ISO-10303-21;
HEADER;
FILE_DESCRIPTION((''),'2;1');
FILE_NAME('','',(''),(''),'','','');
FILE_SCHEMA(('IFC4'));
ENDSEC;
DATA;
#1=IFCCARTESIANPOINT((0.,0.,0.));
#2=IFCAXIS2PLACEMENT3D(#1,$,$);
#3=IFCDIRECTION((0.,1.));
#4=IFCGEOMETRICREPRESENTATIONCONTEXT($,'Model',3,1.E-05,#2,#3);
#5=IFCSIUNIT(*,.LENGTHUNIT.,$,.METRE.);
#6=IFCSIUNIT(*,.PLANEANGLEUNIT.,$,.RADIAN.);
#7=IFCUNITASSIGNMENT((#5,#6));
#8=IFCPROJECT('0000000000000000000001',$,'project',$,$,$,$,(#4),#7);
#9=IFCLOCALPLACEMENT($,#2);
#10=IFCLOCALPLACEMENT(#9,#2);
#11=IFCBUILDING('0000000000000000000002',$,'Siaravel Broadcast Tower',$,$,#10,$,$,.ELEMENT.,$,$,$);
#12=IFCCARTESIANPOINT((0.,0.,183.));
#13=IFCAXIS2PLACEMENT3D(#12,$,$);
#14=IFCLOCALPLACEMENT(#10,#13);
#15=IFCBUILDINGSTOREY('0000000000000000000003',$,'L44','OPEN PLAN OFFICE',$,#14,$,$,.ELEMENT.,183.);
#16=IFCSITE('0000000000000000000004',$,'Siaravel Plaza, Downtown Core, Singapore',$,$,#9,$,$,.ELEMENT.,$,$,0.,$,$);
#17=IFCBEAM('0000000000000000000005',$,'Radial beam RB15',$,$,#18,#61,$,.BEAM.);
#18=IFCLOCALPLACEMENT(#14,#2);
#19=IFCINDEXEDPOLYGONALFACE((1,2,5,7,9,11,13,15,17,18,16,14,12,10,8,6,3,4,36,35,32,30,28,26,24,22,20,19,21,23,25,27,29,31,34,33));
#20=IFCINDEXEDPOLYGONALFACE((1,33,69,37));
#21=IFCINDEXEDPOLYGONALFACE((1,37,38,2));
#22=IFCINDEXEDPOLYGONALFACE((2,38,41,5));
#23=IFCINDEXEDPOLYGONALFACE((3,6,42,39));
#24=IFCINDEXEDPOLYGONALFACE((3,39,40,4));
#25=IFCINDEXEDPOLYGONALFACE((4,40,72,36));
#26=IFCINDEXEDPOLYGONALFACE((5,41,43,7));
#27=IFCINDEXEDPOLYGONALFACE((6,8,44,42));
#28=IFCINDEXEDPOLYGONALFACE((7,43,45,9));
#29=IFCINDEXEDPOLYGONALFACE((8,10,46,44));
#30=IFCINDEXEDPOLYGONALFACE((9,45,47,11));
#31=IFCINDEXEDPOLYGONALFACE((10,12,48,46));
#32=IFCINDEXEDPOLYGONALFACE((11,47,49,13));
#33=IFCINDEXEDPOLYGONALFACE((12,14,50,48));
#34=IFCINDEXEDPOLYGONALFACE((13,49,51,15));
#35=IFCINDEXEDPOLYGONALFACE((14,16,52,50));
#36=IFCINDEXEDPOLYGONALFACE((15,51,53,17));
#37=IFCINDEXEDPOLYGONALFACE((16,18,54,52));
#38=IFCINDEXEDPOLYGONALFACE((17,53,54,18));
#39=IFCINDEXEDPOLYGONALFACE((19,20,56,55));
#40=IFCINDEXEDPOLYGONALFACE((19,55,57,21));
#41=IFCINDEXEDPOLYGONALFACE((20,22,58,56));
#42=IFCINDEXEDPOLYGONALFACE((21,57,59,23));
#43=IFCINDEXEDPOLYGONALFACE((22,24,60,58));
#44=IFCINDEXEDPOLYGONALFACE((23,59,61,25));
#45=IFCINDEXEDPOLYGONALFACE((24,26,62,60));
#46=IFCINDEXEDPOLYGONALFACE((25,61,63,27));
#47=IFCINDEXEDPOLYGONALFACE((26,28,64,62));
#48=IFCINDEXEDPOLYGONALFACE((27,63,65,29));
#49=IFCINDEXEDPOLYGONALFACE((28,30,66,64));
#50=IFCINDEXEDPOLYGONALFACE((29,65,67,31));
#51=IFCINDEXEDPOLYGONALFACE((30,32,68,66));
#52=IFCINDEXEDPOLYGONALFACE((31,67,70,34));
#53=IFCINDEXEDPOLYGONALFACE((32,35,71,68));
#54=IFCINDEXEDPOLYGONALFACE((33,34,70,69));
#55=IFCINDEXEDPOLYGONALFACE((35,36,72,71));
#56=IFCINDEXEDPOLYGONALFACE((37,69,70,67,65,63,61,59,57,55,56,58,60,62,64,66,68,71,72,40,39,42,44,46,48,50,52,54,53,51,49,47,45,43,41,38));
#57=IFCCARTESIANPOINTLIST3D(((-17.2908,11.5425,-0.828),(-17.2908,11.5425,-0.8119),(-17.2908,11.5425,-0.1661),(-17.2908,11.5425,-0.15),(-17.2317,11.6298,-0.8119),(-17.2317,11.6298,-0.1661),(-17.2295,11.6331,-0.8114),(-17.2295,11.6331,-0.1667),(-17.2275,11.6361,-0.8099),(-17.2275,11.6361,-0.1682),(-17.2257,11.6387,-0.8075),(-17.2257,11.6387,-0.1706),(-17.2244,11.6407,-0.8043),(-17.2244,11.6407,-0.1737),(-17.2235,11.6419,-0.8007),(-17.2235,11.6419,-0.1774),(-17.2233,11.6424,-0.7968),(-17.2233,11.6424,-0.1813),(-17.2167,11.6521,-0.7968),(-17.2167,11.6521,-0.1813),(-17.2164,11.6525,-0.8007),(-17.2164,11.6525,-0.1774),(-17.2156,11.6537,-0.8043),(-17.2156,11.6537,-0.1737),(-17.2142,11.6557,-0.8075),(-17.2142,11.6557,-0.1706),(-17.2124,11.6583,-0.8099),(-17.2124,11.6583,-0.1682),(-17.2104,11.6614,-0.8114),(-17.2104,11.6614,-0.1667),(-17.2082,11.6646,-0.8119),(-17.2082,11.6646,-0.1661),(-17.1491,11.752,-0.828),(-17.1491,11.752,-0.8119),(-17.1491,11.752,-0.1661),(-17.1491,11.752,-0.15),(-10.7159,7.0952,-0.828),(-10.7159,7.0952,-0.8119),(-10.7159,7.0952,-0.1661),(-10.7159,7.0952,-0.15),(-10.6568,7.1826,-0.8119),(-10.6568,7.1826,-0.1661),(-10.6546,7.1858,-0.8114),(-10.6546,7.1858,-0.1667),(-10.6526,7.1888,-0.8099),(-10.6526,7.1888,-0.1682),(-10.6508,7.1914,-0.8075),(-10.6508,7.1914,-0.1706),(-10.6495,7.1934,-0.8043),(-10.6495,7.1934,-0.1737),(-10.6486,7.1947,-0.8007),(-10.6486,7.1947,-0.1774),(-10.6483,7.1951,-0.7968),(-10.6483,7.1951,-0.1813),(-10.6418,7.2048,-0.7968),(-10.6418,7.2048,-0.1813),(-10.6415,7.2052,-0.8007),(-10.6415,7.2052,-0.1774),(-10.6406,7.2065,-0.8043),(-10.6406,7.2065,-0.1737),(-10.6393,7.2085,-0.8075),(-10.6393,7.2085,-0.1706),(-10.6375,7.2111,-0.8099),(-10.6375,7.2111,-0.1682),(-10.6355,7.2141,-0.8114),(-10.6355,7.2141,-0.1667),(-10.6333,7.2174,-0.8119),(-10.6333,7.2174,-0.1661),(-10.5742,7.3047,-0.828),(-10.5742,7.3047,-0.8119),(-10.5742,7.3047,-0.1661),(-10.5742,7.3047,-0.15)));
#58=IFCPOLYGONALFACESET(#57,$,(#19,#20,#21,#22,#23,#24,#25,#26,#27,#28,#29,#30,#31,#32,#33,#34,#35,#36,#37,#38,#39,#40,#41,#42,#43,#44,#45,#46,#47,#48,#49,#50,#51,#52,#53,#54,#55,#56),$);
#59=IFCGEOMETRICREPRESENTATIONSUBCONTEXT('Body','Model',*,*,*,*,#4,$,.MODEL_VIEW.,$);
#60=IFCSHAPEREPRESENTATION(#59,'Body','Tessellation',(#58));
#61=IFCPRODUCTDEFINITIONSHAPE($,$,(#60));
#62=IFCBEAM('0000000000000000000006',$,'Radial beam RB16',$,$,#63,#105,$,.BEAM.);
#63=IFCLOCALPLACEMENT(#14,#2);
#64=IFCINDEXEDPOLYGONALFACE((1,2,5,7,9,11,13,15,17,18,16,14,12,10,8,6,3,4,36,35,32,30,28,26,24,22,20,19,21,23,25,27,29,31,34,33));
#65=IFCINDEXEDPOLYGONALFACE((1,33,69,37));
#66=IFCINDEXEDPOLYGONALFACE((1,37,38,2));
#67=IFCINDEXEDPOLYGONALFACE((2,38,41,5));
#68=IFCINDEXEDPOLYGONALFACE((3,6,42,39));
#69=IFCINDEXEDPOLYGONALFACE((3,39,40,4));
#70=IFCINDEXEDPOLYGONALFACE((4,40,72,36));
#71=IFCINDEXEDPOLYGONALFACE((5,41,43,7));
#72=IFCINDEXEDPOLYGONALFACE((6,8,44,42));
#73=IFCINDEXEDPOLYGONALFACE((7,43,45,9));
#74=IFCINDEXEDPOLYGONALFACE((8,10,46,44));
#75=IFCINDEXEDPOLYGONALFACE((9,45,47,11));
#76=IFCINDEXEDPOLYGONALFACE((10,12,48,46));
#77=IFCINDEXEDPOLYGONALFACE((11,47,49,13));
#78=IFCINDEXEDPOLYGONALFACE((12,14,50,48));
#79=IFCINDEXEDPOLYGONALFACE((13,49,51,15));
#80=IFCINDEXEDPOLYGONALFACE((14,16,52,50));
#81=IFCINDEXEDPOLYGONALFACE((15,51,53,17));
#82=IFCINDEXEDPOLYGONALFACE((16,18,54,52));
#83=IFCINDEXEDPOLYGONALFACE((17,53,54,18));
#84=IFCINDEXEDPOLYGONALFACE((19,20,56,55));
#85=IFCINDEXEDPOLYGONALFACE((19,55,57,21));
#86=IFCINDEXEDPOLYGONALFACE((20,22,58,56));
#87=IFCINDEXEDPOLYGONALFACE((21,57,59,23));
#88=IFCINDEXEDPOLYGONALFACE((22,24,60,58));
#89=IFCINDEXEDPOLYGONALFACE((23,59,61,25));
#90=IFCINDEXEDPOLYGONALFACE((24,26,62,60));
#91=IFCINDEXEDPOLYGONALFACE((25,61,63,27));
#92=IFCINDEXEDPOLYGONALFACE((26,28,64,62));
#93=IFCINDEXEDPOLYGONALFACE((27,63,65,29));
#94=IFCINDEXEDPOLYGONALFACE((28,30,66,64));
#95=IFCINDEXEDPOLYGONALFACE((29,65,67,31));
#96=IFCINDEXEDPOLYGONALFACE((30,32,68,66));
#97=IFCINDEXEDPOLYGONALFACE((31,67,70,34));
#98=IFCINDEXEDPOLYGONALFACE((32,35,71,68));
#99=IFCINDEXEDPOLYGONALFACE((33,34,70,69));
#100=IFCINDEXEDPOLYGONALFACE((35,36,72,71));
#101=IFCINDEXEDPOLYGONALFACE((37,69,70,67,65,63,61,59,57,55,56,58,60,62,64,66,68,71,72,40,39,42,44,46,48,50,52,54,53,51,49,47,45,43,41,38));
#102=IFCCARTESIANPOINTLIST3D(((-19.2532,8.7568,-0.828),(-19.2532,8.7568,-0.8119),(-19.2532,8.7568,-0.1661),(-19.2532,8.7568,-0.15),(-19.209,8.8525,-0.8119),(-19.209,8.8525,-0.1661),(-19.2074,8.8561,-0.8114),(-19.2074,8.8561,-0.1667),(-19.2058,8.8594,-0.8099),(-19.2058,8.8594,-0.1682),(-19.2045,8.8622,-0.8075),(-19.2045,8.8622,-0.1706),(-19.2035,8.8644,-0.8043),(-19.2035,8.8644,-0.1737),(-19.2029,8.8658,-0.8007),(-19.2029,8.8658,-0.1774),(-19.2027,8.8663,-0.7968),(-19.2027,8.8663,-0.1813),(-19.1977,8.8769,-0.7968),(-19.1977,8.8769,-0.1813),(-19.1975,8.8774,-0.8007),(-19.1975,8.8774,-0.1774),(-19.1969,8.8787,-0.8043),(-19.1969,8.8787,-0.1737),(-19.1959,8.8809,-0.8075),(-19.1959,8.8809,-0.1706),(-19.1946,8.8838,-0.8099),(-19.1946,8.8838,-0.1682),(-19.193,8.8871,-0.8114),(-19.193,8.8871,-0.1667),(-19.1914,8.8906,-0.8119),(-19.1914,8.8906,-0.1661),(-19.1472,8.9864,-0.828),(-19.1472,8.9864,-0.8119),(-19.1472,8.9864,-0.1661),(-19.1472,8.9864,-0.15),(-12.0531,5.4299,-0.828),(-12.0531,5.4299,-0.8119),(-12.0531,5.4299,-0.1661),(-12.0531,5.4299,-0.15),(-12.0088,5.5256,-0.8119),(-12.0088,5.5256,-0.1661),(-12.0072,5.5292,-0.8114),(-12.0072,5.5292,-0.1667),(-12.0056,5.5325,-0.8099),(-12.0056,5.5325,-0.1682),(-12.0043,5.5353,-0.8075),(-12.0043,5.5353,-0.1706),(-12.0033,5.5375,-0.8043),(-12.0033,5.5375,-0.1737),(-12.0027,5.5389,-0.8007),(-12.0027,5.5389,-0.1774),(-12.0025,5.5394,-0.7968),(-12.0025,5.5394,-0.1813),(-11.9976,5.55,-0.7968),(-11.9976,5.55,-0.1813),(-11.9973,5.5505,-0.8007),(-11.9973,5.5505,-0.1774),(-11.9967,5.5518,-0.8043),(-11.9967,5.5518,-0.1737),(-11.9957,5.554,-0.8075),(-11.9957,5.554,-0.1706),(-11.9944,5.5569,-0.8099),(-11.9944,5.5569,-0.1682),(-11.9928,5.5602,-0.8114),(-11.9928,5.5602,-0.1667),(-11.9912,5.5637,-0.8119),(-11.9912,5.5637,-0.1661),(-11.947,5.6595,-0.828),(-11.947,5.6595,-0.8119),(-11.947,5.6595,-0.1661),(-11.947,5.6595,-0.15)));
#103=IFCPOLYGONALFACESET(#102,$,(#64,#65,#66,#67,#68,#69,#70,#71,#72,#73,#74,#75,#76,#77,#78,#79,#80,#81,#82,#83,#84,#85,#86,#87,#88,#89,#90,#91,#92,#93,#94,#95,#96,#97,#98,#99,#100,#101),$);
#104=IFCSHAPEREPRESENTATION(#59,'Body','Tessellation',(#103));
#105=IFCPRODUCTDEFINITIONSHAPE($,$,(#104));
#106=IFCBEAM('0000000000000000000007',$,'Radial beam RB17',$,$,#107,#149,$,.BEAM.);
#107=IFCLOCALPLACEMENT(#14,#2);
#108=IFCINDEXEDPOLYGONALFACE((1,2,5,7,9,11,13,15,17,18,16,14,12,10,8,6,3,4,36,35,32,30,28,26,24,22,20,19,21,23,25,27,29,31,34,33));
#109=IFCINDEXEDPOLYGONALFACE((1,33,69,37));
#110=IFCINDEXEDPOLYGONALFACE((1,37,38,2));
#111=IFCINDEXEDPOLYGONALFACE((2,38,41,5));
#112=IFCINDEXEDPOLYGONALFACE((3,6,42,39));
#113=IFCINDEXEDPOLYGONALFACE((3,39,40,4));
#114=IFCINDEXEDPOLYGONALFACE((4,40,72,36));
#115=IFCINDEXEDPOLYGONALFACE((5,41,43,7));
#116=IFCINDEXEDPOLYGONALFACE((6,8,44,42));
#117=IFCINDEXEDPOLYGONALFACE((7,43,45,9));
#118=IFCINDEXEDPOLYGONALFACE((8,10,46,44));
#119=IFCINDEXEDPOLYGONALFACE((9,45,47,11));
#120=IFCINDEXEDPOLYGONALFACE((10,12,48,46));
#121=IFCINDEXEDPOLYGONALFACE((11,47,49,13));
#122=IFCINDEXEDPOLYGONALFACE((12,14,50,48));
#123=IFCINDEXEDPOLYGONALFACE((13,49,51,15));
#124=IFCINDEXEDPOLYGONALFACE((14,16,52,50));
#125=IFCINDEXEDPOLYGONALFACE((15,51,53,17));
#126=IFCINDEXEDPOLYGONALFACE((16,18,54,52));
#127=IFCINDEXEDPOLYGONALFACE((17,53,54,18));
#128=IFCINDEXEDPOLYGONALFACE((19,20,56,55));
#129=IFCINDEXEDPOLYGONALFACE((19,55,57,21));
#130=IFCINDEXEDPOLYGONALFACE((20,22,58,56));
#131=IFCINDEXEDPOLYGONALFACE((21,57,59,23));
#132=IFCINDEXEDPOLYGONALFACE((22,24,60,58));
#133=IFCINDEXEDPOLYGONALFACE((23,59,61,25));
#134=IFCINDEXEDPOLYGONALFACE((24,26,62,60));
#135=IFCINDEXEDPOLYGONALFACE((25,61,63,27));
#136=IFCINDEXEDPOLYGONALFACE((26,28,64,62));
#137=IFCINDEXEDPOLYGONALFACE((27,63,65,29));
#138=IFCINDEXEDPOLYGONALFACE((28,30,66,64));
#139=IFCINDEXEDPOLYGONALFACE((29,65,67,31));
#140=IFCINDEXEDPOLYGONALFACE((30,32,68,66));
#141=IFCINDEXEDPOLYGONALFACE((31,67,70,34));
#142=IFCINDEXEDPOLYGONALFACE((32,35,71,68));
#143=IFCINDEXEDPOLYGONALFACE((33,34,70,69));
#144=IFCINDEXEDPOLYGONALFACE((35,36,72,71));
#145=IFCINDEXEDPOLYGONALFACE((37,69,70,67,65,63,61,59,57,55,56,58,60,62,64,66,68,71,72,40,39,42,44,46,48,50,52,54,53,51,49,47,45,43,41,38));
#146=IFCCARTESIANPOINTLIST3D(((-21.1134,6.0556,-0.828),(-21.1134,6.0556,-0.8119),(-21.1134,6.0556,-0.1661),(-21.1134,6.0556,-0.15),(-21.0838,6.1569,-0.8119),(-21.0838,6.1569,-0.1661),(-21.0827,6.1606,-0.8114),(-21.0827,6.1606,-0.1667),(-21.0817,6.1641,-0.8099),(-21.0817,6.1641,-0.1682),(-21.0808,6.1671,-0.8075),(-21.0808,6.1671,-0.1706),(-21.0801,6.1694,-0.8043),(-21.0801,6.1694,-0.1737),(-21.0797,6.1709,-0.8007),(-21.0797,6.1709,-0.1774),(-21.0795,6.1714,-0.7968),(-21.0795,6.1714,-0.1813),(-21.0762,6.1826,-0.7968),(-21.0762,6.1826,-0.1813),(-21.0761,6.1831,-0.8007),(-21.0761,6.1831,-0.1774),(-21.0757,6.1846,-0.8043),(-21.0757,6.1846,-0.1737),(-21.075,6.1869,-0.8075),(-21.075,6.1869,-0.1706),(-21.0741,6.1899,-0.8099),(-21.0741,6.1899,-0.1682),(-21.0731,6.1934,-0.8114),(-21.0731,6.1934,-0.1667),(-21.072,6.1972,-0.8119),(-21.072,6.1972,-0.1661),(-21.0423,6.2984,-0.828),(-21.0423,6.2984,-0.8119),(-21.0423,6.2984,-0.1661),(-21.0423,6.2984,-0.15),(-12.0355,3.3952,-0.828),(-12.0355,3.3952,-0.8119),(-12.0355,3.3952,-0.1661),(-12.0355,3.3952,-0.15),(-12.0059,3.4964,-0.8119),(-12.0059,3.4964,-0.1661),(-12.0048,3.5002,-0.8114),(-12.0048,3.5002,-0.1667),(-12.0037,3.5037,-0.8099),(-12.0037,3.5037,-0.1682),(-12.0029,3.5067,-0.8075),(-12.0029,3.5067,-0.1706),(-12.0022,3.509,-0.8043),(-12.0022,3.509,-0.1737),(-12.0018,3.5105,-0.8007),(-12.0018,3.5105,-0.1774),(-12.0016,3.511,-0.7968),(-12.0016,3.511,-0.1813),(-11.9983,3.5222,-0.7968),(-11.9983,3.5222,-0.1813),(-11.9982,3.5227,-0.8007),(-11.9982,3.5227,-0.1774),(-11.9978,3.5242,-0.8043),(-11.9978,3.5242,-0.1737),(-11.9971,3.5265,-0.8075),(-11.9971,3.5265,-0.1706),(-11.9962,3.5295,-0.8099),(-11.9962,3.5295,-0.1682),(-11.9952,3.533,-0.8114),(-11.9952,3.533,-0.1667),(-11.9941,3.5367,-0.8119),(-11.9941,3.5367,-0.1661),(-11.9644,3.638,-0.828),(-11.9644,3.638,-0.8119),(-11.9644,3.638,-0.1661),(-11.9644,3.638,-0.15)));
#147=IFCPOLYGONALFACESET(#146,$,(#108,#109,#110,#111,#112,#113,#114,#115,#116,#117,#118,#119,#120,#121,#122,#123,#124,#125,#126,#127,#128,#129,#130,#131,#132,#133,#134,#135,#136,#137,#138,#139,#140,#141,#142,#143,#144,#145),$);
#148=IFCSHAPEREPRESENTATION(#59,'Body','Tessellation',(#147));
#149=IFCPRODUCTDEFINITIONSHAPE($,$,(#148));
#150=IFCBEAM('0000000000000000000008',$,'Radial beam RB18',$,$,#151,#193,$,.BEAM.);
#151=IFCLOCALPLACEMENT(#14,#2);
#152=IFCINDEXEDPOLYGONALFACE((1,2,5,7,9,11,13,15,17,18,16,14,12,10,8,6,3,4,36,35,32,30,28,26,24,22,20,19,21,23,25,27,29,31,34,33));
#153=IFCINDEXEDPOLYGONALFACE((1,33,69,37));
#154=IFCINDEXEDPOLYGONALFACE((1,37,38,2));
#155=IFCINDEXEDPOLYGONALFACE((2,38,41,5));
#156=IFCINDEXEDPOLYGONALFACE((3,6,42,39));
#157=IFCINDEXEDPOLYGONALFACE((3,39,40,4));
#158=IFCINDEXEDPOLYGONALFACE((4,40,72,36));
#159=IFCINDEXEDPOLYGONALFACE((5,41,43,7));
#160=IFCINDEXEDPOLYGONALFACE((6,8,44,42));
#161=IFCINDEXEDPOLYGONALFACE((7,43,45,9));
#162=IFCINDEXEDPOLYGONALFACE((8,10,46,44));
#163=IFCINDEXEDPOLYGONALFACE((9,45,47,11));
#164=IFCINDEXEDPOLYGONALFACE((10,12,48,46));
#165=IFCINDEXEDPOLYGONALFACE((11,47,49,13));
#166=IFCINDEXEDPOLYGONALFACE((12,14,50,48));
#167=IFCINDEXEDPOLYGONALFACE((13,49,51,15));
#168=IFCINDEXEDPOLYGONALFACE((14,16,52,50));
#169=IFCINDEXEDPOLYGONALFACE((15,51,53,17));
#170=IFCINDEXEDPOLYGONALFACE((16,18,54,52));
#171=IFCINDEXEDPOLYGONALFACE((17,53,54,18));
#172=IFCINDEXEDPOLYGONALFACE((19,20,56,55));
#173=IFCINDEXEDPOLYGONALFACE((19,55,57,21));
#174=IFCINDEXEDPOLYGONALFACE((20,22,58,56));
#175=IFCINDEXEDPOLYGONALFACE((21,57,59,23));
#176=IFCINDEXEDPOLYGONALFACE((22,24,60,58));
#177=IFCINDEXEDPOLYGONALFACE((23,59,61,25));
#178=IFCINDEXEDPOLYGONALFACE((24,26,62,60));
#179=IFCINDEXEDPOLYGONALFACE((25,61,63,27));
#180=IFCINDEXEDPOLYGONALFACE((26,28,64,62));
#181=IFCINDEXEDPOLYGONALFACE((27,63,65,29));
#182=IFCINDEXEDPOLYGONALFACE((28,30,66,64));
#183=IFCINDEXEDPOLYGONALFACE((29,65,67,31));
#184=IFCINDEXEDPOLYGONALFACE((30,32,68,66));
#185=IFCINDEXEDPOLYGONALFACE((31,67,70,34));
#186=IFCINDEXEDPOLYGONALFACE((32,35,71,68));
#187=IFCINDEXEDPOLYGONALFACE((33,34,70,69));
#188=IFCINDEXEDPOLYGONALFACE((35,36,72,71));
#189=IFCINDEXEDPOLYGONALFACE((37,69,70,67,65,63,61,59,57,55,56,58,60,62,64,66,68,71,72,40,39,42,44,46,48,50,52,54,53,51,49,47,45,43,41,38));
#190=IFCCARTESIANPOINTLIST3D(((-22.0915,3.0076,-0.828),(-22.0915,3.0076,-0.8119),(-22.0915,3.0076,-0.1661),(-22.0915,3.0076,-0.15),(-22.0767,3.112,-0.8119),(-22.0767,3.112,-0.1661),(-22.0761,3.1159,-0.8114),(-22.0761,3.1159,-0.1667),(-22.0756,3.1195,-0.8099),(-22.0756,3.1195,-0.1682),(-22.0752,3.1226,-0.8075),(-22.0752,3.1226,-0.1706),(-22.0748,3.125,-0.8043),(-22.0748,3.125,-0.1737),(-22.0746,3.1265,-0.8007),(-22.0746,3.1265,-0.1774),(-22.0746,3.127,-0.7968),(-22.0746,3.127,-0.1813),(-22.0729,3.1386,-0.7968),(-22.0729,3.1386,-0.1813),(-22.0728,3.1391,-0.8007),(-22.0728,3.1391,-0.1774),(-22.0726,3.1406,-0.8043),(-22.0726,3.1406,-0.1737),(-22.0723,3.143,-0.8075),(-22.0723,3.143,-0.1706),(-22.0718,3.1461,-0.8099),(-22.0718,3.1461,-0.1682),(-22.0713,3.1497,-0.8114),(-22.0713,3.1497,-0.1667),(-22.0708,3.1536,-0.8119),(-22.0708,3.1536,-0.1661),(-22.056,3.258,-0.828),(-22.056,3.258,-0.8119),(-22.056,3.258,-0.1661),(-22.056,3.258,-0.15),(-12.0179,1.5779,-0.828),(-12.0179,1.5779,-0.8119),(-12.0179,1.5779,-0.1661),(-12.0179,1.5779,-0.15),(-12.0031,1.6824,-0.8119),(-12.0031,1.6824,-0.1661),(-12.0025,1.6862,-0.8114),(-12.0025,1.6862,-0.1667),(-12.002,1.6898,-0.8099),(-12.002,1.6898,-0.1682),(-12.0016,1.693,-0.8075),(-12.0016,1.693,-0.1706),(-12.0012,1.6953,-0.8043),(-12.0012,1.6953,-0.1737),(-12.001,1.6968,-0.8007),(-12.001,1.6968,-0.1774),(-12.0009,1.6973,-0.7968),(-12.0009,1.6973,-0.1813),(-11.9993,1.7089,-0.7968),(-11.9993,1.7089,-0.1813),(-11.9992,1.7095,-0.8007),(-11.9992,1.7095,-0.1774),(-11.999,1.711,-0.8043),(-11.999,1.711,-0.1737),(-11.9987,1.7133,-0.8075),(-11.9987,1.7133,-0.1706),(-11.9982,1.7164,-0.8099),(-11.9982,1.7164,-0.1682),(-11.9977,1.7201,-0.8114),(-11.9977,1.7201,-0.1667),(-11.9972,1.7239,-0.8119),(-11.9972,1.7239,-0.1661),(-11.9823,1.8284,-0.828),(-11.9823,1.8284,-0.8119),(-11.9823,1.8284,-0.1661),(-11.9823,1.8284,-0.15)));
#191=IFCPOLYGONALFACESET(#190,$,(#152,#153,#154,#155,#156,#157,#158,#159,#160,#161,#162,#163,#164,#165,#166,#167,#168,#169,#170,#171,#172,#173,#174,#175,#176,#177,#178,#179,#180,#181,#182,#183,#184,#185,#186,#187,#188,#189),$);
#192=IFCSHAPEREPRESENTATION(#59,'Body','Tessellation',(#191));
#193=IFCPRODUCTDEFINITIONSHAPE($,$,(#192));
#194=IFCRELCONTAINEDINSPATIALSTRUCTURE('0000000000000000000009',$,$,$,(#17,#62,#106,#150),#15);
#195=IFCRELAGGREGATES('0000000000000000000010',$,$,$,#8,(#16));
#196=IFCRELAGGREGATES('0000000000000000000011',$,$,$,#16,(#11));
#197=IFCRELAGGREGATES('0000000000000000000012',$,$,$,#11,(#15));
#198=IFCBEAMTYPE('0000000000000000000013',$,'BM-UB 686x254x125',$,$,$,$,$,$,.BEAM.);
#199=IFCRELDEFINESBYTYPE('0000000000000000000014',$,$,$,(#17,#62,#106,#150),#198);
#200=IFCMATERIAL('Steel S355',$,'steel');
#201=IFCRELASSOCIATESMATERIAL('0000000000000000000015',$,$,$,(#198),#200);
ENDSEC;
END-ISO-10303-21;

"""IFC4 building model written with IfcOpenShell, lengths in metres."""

from ifc_helpers import new_model, si_unit, direction, frame, origin, origin_2d, place, context, subcontext, project, spatial, i_section, extrude, material, material_profile, profile_set, type_object, element, save


model = new_model("IFC4")

# Units and contexts
model_context = context("Model", 3, precision=1e-05, world=origin(), true_north=direction((0.0, 1.0)))
body_context = subcontext(model_context, "Body", "Model", "MODEL_VIEW")
ifc_project = project(units=[si_unit("LENGTHUNIT", "METRE"), si_unit("PLANEANGLEUNIT", "RADIAN")], contexts=[model_context])

# Site, building, storey
site_placement = place(None, origin())
site = spatial("IfcSite", under=ifc_project, at=site_placement, Name="Siaravel Plaza, Downtown Core, Singapore", CompositionType="ELEMENT", RefElevation=0.0)
building_placement = place(site_placement, origin())
building = spatial("IfcBuilding", under=site, at=building_placement, Name="Siaravel Broadcast Tower", CompositionType="ELEMENT")
storey_placement = place(building_placement, frame((0.0, 0.0, 183.0)))
storey = spatial("IfcBuildingStorey", under=building, at=storey_placement, Name="L44", Description="OPEN PLAN OFFICE", CompositionType="ELEMENT", Elevation=183.0)

# Beams
ifc_material_1 = material(Name="Steel S355", Category="steel")
ifc_material_profile_1 = material_profile(ifc_material_1, i_section(OverallWidth=0.2529, OverallDepth=0.678, WebThickness=0.0117, FlangeThickness=0.0161, FilletRadius=0.0151, at=origin_2d()))
ifc_profile_set_1 = profile_set([ifc_material_profile_1], Name="Steel S355")
beam_type = type_object("IfcBeamType", Name="BM-UB 686x254x125", PredefinedType="BEAM", material=ifc_profile_set_1)
beam_1_placement = place(storey_placement, frame((-17.22, 11.6472, -0.489), z_axis=(0.828312, -0.560267, 0.0), x_axis=(0.560267, 0.828312, 0.0)))
element("IfcBeam", 1, at=beam_1_placement, inside=storey, type_object=beam_type, Name="Radial beam RB15", PredefinedType="BEAM", context=body_context, shape_type="SweptSolid", body=[
    extrude(i_section(OverallWidth=0.2529, OverallDepth=0.678, WebThickness=0.0117, FlangeThickness=0.0161, FilletRadius=0.0151, at=origin_2d()), origin(), (0.0, 0.0, 1.0), 7.9377),
])
beam_2_placement = place(storey_placement, frame((-19.2002, 8.8716, -0.489), z_axis=(0.90778, -0.419447, 0.0), x_axis=(0.419447, 0.90778, 0.0)))
element("IfcBeam", 2, at=beam_2_placement, inside=storey, type_object=beam_type, Name="Radial beam RB16", PredefinedType="BEAM", context=body_context, shape_type="SweptSolid", body=[
    extrude(i_section(OverallWidth=0.2529, OverallDepth=0.678, WebThickness=0.0117, FlangeThickness=0.0161, FilletRadius=0.0151, at=origin_2d()), origin(), (0.0, 0.0, 1.0), 7.9316),
])
beam_3_placement = place(storey_placement, frame((-21.0779, 6.177, -0.489), z_axis=(0.959639, -0.281236, 0.0), x_axis=(0.281236, 0.959639, 0.0)))
element("IfcBeam", 3, at=beam_3_placement, inside=storey, type_object=beam_type, Name="Radial beam RB17", PredefinedType="BEAM", context=body_context, shape_type="SweptSolid", body=[
    extrude(i_section(OverallWidth=0.2529, OverallDepth=0.678, WebThickness=0.0117, FlangeThickness=0.0161, FilletRadius=0.0151, at=origin_2d()), origin(), (0.0, 0.0, 1.0), 9.4597),
])
beam_4_placement = place(storey_placement, frame((-22.0737, 3.1328, -0.489), z_axis=(0.990079, -0.140514, 0.0), x_axis=(0.140514, 0.990079, 0.0)))
element("IfcBeam", 4, at=beam_4_placement, inside=storey, type_object=beam_type, Name="Radial beam RB18", PredefinedType="BEAM", context=body_context, shape_type="SweptSolid", body=[
    extrude(i_section(OverallWidth=0.2529, OverallDepth=0.678, WebThickness=0.0117, FlangeThickness=0.0161, FilletRadius=0.0151, at=origin_2d()), origin(), (0.0, 0.0, 1.0), 10.1746),
])

save(model, "model.ifc")
